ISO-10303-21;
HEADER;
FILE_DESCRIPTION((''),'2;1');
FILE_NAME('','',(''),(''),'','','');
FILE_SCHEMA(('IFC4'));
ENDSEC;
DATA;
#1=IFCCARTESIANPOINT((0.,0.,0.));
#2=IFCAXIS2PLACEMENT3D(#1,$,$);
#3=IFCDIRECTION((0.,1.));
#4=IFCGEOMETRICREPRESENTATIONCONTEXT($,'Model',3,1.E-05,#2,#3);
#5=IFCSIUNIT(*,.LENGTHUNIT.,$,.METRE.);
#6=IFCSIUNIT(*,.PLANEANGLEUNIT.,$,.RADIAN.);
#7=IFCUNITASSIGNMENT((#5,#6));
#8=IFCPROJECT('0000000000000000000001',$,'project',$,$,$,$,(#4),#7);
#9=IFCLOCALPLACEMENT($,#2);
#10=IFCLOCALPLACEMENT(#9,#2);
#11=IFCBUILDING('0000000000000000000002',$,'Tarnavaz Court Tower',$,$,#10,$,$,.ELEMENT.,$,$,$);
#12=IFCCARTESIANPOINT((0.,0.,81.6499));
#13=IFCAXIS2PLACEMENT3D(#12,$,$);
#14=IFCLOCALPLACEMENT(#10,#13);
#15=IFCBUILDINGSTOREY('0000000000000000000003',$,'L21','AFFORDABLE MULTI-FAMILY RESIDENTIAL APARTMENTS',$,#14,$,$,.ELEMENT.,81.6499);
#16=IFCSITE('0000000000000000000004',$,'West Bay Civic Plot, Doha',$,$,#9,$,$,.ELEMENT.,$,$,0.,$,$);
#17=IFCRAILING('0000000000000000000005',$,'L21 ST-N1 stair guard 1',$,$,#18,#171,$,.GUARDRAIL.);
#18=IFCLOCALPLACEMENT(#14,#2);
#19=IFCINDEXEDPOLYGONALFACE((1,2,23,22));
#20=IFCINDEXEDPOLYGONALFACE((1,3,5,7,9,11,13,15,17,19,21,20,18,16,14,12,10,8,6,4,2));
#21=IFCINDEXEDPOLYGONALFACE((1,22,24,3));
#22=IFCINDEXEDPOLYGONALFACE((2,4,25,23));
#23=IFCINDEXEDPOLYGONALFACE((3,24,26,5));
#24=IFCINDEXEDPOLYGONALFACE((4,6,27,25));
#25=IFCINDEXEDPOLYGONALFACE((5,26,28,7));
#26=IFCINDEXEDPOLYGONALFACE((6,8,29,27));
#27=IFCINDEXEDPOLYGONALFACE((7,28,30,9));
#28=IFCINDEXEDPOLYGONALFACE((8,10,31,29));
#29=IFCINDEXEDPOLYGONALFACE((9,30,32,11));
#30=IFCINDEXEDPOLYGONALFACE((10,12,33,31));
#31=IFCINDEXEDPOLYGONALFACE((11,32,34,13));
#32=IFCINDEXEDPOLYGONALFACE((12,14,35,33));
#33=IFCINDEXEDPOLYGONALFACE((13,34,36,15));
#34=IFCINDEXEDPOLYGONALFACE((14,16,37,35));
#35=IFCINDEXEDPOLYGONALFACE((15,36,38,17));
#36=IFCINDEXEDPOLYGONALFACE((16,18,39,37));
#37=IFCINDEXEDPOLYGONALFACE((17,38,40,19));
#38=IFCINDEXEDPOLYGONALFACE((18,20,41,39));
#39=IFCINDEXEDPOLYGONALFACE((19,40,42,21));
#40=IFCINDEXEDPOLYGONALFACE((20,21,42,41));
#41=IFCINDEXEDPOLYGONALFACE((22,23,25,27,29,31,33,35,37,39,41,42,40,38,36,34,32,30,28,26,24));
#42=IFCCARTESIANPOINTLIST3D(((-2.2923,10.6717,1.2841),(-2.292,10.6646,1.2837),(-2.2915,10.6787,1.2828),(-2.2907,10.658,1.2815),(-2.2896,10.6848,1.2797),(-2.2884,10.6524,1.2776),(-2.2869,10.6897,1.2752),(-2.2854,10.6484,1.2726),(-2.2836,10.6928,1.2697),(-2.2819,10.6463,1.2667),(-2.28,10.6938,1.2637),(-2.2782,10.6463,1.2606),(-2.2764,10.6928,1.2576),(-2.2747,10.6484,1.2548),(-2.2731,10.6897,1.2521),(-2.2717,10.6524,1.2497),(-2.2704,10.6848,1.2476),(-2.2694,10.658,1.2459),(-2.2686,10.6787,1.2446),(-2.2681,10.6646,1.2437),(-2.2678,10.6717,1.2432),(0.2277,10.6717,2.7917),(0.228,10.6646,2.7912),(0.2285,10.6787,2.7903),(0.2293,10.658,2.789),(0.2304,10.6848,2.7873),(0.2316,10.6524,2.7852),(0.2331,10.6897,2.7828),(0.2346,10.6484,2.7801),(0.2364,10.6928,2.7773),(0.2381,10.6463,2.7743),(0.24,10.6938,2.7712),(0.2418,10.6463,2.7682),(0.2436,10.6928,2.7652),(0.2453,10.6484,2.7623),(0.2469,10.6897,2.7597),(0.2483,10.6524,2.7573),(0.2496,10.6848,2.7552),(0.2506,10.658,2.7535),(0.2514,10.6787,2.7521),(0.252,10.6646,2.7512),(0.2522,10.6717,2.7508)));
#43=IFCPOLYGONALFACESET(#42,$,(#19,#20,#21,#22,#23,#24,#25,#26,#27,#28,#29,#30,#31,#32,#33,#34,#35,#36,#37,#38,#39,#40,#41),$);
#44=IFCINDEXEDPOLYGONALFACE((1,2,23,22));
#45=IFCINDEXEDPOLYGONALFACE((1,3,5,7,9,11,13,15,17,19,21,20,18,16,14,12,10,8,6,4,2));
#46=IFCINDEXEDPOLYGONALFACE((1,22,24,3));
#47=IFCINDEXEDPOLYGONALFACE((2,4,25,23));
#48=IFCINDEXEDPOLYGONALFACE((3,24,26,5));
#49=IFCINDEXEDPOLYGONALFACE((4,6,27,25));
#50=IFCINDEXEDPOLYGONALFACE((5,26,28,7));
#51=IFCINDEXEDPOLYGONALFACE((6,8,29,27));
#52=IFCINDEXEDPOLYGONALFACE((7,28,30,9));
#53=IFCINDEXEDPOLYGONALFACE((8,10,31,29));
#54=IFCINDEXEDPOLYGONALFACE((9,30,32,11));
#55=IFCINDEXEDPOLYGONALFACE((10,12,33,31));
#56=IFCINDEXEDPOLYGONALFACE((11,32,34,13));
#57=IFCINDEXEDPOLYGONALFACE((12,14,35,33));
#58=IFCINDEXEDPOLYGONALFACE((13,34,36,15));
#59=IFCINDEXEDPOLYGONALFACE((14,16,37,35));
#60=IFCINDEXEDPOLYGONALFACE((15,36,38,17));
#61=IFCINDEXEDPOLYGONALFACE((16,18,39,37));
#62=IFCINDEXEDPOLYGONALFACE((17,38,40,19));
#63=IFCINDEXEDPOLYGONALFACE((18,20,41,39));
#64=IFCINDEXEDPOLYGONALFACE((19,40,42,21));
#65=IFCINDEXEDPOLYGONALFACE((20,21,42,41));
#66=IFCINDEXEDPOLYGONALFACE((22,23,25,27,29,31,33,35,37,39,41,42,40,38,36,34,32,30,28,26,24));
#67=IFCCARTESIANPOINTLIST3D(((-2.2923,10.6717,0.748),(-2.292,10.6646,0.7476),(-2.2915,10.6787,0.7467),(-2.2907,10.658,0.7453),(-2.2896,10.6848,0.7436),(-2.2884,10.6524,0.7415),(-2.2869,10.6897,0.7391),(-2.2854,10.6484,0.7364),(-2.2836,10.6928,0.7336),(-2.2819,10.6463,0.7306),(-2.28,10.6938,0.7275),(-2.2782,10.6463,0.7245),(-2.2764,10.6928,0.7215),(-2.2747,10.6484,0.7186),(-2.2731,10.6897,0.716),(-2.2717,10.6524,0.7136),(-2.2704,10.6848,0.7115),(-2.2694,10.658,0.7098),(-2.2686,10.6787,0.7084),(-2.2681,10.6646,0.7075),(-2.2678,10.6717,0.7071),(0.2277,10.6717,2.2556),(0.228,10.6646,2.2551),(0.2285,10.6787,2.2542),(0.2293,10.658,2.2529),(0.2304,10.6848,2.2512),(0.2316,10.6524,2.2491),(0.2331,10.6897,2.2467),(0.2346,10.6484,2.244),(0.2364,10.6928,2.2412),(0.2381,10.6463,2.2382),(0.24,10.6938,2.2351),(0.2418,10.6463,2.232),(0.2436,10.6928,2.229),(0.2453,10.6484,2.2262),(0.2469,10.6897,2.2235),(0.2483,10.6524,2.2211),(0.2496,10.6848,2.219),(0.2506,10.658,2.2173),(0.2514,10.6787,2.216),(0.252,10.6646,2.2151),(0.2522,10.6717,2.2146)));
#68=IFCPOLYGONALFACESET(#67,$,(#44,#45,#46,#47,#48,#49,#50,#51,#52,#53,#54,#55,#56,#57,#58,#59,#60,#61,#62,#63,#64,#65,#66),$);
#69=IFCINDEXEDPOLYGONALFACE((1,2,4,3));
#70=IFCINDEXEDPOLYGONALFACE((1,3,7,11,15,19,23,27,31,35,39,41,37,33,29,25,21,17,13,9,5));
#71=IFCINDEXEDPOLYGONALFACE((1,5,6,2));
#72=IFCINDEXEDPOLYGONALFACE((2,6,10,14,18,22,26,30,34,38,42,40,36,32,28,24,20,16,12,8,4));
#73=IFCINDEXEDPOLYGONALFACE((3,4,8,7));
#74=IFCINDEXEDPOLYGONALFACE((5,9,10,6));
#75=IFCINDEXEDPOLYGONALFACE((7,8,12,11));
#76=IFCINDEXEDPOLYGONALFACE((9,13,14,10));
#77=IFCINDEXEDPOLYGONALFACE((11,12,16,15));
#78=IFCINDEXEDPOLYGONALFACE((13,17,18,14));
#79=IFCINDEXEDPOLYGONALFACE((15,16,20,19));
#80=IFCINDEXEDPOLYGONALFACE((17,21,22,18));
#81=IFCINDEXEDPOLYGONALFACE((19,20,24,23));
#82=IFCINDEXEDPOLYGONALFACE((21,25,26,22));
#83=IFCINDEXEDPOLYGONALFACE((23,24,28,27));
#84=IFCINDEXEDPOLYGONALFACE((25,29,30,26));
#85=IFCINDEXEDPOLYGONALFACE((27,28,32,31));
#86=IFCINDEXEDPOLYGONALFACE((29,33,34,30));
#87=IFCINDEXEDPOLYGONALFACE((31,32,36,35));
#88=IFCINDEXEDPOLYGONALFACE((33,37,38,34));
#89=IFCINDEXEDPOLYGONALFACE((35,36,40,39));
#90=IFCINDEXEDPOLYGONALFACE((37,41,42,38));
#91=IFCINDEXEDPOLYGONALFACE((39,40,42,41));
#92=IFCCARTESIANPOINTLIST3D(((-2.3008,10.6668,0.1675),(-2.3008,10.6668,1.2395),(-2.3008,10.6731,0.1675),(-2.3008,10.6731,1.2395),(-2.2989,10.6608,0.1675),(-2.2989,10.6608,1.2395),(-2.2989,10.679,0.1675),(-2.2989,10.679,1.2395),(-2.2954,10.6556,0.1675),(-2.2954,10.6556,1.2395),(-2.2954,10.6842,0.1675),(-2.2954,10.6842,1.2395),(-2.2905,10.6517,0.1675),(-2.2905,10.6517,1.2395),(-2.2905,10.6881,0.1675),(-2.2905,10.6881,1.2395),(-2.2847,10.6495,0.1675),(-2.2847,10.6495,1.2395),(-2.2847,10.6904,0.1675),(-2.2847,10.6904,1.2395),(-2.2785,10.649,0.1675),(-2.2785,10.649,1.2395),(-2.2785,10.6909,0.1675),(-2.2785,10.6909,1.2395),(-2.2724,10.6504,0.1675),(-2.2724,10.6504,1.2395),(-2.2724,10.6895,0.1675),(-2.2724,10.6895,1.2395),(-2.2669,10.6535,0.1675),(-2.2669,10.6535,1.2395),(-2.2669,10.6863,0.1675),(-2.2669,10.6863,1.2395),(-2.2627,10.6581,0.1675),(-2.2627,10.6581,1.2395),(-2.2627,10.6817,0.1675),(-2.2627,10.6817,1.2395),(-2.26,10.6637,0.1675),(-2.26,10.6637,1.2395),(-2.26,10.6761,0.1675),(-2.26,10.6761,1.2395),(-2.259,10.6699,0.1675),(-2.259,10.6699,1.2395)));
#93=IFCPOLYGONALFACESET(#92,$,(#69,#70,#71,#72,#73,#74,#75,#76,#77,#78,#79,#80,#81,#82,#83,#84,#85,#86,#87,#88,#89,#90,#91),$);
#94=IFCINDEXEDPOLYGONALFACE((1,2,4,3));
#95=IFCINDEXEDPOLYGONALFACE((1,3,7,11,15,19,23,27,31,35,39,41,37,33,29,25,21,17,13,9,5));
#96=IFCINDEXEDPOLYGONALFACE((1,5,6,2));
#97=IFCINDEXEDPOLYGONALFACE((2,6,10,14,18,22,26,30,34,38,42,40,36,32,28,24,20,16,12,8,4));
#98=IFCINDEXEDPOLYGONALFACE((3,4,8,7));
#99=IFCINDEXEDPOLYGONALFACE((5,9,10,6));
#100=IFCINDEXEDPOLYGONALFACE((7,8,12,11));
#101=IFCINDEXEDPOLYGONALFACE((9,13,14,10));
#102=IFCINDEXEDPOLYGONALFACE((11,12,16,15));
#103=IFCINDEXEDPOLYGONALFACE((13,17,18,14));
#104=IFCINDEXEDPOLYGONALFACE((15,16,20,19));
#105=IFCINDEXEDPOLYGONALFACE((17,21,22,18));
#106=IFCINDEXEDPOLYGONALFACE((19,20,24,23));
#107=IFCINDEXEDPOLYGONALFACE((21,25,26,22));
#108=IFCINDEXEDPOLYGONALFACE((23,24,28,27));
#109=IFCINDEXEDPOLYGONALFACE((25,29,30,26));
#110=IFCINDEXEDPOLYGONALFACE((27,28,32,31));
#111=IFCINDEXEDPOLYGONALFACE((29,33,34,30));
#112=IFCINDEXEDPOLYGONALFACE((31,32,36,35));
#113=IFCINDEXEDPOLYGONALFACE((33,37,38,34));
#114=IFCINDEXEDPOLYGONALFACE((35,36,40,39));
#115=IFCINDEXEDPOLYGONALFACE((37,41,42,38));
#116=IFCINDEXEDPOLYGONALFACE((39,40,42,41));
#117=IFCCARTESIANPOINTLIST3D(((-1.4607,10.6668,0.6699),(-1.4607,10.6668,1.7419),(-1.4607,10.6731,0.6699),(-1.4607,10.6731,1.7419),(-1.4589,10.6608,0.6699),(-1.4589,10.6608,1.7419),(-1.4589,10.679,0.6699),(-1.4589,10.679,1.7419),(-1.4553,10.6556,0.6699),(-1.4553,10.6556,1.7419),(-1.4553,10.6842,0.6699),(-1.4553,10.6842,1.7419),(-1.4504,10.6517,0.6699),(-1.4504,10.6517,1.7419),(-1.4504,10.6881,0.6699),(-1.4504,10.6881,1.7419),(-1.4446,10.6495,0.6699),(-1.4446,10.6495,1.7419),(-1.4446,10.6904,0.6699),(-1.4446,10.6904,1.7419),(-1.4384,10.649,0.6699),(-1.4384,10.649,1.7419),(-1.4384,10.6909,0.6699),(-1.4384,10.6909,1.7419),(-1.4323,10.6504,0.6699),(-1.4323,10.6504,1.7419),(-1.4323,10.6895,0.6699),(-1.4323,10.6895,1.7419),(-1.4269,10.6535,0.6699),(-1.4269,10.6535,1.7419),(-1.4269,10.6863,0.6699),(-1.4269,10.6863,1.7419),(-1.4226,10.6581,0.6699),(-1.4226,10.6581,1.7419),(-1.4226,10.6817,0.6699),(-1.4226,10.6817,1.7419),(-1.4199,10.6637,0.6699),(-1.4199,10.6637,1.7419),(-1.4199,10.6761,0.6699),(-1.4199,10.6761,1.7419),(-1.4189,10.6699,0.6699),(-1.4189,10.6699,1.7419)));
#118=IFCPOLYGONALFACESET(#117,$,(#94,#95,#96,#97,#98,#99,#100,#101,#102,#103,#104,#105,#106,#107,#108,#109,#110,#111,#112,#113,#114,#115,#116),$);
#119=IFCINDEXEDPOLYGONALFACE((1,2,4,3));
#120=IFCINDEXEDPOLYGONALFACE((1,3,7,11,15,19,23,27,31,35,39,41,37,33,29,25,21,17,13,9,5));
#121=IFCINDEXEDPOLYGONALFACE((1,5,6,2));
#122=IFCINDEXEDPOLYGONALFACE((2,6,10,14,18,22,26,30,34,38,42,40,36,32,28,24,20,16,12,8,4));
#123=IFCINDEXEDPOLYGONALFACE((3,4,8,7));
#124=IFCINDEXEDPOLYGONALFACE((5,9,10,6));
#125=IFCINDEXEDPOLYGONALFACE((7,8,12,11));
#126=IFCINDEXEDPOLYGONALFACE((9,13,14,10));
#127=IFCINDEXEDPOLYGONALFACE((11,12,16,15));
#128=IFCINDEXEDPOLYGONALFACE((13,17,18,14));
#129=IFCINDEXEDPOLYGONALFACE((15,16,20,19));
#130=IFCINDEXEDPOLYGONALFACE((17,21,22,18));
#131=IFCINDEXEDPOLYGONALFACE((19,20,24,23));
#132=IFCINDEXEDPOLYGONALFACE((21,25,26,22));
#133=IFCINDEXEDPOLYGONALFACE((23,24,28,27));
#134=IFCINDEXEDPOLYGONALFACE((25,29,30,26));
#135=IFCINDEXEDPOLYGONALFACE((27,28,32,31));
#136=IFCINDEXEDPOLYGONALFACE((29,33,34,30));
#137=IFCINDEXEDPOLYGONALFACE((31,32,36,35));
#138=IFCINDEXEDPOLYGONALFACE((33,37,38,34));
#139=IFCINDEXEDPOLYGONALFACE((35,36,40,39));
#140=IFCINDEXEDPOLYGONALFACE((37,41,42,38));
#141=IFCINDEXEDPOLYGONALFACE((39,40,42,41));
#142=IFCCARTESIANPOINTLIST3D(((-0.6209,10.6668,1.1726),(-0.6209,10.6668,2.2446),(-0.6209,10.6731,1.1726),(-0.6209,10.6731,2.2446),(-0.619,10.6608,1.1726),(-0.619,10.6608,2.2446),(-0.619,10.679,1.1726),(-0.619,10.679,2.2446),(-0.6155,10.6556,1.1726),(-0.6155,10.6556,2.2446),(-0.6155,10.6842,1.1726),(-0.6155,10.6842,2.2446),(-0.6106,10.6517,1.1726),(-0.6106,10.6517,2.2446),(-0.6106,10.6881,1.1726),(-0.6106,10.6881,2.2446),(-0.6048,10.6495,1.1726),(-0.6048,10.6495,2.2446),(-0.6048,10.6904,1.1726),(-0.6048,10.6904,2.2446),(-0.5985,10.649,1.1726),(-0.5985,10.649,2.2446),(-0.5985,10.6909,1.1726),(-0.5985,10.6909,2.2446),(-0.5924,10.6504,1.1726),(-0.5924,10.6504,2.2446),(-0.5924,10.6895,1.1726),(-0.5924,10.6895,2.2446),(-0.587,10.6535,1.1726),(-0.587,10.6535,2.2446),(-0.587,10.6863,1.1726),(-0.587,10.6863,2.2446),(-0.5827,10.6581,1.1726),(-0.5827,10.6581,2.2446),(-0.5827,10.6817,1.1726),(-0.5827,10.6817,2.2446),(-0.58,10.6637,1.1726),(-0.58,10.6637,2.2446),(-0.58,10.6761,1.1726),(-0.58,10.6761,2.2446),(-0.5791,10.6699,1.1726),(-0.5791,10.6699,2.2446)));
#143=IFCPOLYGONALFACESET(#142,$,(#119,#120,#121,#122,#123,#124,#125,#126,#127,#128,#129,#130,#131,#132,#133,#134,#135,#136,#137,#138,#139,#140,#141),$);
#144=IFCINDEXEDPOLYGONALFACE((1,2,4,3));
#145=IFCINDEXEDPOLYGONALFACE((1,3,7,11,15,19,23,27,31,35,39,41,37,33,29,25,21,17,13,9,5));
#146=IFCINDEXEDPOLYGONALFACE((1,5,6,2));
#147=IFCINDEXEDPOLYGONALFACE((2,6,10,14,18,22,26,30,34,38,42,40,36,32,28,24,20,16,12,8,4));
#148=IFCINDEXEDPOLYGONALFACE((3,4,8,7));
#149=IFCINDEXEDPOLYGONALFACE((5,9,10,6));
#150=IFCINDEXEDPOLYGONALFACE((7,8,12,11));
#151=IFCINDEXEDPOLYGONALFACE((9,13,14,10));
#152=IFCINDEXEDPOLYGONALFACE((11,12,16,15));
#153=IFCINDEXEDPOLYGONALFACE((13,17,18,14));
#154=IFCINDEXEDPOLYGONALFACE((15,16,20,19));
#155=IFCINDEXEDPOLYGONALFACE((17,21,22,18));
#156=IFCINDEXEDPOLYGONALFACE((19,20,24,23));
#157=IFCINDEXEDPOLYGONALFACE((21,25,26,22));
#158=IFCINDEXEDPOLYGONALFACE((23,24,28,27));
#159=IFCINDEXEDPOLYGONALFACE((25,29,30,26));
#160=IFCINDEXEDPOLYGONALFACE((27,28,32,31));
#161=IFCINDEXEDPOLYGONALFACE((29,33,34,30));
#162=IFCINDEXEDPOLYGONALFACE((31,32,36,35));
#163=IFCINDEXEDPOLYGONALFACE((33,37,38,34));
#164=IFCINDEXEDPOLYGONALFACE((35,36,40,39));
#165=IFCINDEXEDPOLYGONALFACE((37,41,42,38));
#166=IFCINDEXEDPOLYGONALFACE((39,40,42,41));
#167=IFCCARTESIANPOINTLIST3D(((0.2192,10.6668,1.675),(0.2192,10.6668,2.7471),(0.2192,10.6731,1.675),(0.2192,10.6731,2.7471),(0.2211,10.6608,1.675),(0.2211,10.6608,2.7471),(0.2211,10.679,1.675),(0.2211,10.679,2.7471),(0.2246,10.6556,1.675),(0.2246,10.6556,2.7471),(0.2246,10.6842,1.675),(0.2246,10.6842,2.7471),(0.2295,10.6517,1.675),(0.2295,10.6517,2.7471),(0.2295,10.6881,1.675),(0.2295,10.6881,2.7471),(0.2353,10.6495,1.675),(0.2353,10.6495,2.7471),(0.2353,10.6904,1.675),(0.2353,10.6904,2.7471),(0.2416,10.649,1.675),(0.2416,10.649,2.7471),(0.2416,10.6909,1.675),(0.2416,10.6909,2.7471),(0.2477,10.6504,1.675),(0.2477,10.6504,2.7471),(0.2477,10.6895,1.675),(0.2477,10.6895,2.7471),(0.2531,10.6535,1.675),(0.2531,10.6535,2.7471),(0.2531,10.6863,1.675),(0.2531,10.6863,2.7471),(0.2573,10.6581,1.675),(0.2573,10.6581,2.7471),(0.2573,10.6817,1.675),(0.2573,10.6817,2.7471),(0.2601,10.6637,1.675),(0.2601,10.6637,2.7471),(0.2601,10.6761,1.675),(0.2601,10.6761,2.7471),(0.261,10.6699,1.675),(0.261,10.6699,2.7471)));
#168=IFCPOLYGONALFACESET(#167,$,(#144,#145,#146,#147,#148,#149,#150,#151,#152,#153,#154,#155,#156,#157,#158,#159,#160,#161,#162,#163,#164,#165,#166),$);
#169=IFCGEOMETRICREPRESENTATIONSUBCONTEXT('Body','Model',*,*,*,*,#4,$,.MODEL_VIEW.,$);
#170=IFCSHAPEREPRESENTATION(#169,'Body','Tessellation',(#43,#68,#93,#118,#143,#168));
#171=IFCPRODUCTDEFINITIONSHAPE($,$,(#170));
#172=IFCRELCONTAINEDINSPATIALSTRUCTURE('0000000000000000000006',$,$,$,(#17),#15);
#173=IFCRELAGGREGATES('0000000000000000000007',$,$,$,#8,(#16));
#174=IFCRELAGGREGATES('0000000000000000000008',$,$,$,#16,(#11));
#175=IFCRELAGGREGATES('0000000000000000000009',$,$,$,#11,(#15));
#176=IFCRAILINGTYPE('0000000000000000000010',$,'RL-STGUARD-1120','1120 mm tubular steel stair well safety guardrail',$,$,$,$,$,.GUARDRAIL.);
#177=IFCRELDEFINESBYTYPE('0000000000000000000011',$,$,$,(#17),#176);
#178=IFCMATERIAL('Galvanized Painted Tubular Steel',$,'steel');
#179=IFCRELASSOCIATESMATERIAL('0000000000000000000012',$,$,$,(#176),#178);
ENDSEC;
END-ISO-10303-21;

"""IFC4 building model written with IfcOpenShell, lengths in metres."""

from ifc_helpers import new_model, si_unit, direction, frame, origin, origin_2d, place, context, subcontext, project, spatial, circle, extrude, material, type_object, element, save


model = new_model("IFC4")

# Units and contexts
model_context = context("Model", 3, precision=1e-05, world=origin(), true_north=direction((0.0, 1.0)))
body_context = subcontext(model_context, "Body", "Model", "MODEL_VIEW")
ifc_project = project(units=[si_unit("LENGTHUNIT", "METRE"), si_unit("PLANEANGLEUNIT", "RADIAN")], contexts=[model_context])

# Site, building, storey
site_placement = place(None, origin())
site = spatial("IfcSite", under=ifc_project, at=site_placement, Name="West Bay Civic Plot, Doha", CompositionType="ELEMENT", RefElevation=0.0)
building_placement = place(site_placement, origin())
building = spatial("IfcBuilding", under=site, at=building_placement, Name="Tarnavaz Court Tower", CompositionType="ELEMENT")
storey_placement = place(building_placement, frame((0.0, 0.0, 81.6499)))
storey = spatial("IfcBuildingStorey", under=building, at=storey_placement, Name="L21", Description="AFFORDABLE MULTI-FAMILY RESIDENTIAL APARTMENTS", CompositionType="ELEMENT", Elevation=81.6499)

# Railing
ifc_material_1 = material(Name="Galvanized Painted Tubular Steel", Category="steel")
railing_type_1 = type_object("IfcRailingType", Name="RL-STGUARD-1120", Description="1120 mm tubular steel stair well safety guardrail", PredefinedType="GUARDRAIL", material=ifc_material_1)
railing_1_placement = place(storey_placement, frame((-2.28, 10.6699, 0.1675)))
element("IfcRailing", 1, at=railing_1_placement, inside=storey, type_object=railing_type_1, Name="L21 ST-N1 stair guard 1", PredefinedType="GUARDRAIL", context=body_context, shape_type="SweptSolid", body=[
    extrude(circle(Radius=0.0239, at=origin_2d()), frame((0.0, 0.0, 1.0962), z_axis=(0.85816, 0.0, 0.513383), x_axis=(0.0, 1.0, 0.0)), (0.0, 0.0, 1.0), 2.9365),
    extrude(circle(Radius=0.0239, at=origin_2d()), frame((0.0, 0.0, 0.5601), z_axis=(0.85816, 0.0, 0.513383), x_axis=(0.0, 1.0, 0.0)), (0.0, 0.0, 1.0), 2.9365),
    extrude(circle(Radius=0.021, at=origin_2d()), origin(), (0.0, 0.0, 1.0), 1.072),
    extrude(circle(Radius=0.021, at=origin_2d()), frame((0.8401, 0.0, 0.5024)), (0.0, 0.0, 1.0), 1.072),
    extrude(circle(Radius=0.021, at=origin_2d()), frame((1.6799, 0.0, 1.0051)), (0.0, 0.0, 1.0), 1.072),
    extrude(circle(Radius=0.021, at=origin_2d()), frame((2.52, 0.0, 1.5076)), (0.0, 0.0, 1.0), 1.072),
])

save(model, "model.ifc")
